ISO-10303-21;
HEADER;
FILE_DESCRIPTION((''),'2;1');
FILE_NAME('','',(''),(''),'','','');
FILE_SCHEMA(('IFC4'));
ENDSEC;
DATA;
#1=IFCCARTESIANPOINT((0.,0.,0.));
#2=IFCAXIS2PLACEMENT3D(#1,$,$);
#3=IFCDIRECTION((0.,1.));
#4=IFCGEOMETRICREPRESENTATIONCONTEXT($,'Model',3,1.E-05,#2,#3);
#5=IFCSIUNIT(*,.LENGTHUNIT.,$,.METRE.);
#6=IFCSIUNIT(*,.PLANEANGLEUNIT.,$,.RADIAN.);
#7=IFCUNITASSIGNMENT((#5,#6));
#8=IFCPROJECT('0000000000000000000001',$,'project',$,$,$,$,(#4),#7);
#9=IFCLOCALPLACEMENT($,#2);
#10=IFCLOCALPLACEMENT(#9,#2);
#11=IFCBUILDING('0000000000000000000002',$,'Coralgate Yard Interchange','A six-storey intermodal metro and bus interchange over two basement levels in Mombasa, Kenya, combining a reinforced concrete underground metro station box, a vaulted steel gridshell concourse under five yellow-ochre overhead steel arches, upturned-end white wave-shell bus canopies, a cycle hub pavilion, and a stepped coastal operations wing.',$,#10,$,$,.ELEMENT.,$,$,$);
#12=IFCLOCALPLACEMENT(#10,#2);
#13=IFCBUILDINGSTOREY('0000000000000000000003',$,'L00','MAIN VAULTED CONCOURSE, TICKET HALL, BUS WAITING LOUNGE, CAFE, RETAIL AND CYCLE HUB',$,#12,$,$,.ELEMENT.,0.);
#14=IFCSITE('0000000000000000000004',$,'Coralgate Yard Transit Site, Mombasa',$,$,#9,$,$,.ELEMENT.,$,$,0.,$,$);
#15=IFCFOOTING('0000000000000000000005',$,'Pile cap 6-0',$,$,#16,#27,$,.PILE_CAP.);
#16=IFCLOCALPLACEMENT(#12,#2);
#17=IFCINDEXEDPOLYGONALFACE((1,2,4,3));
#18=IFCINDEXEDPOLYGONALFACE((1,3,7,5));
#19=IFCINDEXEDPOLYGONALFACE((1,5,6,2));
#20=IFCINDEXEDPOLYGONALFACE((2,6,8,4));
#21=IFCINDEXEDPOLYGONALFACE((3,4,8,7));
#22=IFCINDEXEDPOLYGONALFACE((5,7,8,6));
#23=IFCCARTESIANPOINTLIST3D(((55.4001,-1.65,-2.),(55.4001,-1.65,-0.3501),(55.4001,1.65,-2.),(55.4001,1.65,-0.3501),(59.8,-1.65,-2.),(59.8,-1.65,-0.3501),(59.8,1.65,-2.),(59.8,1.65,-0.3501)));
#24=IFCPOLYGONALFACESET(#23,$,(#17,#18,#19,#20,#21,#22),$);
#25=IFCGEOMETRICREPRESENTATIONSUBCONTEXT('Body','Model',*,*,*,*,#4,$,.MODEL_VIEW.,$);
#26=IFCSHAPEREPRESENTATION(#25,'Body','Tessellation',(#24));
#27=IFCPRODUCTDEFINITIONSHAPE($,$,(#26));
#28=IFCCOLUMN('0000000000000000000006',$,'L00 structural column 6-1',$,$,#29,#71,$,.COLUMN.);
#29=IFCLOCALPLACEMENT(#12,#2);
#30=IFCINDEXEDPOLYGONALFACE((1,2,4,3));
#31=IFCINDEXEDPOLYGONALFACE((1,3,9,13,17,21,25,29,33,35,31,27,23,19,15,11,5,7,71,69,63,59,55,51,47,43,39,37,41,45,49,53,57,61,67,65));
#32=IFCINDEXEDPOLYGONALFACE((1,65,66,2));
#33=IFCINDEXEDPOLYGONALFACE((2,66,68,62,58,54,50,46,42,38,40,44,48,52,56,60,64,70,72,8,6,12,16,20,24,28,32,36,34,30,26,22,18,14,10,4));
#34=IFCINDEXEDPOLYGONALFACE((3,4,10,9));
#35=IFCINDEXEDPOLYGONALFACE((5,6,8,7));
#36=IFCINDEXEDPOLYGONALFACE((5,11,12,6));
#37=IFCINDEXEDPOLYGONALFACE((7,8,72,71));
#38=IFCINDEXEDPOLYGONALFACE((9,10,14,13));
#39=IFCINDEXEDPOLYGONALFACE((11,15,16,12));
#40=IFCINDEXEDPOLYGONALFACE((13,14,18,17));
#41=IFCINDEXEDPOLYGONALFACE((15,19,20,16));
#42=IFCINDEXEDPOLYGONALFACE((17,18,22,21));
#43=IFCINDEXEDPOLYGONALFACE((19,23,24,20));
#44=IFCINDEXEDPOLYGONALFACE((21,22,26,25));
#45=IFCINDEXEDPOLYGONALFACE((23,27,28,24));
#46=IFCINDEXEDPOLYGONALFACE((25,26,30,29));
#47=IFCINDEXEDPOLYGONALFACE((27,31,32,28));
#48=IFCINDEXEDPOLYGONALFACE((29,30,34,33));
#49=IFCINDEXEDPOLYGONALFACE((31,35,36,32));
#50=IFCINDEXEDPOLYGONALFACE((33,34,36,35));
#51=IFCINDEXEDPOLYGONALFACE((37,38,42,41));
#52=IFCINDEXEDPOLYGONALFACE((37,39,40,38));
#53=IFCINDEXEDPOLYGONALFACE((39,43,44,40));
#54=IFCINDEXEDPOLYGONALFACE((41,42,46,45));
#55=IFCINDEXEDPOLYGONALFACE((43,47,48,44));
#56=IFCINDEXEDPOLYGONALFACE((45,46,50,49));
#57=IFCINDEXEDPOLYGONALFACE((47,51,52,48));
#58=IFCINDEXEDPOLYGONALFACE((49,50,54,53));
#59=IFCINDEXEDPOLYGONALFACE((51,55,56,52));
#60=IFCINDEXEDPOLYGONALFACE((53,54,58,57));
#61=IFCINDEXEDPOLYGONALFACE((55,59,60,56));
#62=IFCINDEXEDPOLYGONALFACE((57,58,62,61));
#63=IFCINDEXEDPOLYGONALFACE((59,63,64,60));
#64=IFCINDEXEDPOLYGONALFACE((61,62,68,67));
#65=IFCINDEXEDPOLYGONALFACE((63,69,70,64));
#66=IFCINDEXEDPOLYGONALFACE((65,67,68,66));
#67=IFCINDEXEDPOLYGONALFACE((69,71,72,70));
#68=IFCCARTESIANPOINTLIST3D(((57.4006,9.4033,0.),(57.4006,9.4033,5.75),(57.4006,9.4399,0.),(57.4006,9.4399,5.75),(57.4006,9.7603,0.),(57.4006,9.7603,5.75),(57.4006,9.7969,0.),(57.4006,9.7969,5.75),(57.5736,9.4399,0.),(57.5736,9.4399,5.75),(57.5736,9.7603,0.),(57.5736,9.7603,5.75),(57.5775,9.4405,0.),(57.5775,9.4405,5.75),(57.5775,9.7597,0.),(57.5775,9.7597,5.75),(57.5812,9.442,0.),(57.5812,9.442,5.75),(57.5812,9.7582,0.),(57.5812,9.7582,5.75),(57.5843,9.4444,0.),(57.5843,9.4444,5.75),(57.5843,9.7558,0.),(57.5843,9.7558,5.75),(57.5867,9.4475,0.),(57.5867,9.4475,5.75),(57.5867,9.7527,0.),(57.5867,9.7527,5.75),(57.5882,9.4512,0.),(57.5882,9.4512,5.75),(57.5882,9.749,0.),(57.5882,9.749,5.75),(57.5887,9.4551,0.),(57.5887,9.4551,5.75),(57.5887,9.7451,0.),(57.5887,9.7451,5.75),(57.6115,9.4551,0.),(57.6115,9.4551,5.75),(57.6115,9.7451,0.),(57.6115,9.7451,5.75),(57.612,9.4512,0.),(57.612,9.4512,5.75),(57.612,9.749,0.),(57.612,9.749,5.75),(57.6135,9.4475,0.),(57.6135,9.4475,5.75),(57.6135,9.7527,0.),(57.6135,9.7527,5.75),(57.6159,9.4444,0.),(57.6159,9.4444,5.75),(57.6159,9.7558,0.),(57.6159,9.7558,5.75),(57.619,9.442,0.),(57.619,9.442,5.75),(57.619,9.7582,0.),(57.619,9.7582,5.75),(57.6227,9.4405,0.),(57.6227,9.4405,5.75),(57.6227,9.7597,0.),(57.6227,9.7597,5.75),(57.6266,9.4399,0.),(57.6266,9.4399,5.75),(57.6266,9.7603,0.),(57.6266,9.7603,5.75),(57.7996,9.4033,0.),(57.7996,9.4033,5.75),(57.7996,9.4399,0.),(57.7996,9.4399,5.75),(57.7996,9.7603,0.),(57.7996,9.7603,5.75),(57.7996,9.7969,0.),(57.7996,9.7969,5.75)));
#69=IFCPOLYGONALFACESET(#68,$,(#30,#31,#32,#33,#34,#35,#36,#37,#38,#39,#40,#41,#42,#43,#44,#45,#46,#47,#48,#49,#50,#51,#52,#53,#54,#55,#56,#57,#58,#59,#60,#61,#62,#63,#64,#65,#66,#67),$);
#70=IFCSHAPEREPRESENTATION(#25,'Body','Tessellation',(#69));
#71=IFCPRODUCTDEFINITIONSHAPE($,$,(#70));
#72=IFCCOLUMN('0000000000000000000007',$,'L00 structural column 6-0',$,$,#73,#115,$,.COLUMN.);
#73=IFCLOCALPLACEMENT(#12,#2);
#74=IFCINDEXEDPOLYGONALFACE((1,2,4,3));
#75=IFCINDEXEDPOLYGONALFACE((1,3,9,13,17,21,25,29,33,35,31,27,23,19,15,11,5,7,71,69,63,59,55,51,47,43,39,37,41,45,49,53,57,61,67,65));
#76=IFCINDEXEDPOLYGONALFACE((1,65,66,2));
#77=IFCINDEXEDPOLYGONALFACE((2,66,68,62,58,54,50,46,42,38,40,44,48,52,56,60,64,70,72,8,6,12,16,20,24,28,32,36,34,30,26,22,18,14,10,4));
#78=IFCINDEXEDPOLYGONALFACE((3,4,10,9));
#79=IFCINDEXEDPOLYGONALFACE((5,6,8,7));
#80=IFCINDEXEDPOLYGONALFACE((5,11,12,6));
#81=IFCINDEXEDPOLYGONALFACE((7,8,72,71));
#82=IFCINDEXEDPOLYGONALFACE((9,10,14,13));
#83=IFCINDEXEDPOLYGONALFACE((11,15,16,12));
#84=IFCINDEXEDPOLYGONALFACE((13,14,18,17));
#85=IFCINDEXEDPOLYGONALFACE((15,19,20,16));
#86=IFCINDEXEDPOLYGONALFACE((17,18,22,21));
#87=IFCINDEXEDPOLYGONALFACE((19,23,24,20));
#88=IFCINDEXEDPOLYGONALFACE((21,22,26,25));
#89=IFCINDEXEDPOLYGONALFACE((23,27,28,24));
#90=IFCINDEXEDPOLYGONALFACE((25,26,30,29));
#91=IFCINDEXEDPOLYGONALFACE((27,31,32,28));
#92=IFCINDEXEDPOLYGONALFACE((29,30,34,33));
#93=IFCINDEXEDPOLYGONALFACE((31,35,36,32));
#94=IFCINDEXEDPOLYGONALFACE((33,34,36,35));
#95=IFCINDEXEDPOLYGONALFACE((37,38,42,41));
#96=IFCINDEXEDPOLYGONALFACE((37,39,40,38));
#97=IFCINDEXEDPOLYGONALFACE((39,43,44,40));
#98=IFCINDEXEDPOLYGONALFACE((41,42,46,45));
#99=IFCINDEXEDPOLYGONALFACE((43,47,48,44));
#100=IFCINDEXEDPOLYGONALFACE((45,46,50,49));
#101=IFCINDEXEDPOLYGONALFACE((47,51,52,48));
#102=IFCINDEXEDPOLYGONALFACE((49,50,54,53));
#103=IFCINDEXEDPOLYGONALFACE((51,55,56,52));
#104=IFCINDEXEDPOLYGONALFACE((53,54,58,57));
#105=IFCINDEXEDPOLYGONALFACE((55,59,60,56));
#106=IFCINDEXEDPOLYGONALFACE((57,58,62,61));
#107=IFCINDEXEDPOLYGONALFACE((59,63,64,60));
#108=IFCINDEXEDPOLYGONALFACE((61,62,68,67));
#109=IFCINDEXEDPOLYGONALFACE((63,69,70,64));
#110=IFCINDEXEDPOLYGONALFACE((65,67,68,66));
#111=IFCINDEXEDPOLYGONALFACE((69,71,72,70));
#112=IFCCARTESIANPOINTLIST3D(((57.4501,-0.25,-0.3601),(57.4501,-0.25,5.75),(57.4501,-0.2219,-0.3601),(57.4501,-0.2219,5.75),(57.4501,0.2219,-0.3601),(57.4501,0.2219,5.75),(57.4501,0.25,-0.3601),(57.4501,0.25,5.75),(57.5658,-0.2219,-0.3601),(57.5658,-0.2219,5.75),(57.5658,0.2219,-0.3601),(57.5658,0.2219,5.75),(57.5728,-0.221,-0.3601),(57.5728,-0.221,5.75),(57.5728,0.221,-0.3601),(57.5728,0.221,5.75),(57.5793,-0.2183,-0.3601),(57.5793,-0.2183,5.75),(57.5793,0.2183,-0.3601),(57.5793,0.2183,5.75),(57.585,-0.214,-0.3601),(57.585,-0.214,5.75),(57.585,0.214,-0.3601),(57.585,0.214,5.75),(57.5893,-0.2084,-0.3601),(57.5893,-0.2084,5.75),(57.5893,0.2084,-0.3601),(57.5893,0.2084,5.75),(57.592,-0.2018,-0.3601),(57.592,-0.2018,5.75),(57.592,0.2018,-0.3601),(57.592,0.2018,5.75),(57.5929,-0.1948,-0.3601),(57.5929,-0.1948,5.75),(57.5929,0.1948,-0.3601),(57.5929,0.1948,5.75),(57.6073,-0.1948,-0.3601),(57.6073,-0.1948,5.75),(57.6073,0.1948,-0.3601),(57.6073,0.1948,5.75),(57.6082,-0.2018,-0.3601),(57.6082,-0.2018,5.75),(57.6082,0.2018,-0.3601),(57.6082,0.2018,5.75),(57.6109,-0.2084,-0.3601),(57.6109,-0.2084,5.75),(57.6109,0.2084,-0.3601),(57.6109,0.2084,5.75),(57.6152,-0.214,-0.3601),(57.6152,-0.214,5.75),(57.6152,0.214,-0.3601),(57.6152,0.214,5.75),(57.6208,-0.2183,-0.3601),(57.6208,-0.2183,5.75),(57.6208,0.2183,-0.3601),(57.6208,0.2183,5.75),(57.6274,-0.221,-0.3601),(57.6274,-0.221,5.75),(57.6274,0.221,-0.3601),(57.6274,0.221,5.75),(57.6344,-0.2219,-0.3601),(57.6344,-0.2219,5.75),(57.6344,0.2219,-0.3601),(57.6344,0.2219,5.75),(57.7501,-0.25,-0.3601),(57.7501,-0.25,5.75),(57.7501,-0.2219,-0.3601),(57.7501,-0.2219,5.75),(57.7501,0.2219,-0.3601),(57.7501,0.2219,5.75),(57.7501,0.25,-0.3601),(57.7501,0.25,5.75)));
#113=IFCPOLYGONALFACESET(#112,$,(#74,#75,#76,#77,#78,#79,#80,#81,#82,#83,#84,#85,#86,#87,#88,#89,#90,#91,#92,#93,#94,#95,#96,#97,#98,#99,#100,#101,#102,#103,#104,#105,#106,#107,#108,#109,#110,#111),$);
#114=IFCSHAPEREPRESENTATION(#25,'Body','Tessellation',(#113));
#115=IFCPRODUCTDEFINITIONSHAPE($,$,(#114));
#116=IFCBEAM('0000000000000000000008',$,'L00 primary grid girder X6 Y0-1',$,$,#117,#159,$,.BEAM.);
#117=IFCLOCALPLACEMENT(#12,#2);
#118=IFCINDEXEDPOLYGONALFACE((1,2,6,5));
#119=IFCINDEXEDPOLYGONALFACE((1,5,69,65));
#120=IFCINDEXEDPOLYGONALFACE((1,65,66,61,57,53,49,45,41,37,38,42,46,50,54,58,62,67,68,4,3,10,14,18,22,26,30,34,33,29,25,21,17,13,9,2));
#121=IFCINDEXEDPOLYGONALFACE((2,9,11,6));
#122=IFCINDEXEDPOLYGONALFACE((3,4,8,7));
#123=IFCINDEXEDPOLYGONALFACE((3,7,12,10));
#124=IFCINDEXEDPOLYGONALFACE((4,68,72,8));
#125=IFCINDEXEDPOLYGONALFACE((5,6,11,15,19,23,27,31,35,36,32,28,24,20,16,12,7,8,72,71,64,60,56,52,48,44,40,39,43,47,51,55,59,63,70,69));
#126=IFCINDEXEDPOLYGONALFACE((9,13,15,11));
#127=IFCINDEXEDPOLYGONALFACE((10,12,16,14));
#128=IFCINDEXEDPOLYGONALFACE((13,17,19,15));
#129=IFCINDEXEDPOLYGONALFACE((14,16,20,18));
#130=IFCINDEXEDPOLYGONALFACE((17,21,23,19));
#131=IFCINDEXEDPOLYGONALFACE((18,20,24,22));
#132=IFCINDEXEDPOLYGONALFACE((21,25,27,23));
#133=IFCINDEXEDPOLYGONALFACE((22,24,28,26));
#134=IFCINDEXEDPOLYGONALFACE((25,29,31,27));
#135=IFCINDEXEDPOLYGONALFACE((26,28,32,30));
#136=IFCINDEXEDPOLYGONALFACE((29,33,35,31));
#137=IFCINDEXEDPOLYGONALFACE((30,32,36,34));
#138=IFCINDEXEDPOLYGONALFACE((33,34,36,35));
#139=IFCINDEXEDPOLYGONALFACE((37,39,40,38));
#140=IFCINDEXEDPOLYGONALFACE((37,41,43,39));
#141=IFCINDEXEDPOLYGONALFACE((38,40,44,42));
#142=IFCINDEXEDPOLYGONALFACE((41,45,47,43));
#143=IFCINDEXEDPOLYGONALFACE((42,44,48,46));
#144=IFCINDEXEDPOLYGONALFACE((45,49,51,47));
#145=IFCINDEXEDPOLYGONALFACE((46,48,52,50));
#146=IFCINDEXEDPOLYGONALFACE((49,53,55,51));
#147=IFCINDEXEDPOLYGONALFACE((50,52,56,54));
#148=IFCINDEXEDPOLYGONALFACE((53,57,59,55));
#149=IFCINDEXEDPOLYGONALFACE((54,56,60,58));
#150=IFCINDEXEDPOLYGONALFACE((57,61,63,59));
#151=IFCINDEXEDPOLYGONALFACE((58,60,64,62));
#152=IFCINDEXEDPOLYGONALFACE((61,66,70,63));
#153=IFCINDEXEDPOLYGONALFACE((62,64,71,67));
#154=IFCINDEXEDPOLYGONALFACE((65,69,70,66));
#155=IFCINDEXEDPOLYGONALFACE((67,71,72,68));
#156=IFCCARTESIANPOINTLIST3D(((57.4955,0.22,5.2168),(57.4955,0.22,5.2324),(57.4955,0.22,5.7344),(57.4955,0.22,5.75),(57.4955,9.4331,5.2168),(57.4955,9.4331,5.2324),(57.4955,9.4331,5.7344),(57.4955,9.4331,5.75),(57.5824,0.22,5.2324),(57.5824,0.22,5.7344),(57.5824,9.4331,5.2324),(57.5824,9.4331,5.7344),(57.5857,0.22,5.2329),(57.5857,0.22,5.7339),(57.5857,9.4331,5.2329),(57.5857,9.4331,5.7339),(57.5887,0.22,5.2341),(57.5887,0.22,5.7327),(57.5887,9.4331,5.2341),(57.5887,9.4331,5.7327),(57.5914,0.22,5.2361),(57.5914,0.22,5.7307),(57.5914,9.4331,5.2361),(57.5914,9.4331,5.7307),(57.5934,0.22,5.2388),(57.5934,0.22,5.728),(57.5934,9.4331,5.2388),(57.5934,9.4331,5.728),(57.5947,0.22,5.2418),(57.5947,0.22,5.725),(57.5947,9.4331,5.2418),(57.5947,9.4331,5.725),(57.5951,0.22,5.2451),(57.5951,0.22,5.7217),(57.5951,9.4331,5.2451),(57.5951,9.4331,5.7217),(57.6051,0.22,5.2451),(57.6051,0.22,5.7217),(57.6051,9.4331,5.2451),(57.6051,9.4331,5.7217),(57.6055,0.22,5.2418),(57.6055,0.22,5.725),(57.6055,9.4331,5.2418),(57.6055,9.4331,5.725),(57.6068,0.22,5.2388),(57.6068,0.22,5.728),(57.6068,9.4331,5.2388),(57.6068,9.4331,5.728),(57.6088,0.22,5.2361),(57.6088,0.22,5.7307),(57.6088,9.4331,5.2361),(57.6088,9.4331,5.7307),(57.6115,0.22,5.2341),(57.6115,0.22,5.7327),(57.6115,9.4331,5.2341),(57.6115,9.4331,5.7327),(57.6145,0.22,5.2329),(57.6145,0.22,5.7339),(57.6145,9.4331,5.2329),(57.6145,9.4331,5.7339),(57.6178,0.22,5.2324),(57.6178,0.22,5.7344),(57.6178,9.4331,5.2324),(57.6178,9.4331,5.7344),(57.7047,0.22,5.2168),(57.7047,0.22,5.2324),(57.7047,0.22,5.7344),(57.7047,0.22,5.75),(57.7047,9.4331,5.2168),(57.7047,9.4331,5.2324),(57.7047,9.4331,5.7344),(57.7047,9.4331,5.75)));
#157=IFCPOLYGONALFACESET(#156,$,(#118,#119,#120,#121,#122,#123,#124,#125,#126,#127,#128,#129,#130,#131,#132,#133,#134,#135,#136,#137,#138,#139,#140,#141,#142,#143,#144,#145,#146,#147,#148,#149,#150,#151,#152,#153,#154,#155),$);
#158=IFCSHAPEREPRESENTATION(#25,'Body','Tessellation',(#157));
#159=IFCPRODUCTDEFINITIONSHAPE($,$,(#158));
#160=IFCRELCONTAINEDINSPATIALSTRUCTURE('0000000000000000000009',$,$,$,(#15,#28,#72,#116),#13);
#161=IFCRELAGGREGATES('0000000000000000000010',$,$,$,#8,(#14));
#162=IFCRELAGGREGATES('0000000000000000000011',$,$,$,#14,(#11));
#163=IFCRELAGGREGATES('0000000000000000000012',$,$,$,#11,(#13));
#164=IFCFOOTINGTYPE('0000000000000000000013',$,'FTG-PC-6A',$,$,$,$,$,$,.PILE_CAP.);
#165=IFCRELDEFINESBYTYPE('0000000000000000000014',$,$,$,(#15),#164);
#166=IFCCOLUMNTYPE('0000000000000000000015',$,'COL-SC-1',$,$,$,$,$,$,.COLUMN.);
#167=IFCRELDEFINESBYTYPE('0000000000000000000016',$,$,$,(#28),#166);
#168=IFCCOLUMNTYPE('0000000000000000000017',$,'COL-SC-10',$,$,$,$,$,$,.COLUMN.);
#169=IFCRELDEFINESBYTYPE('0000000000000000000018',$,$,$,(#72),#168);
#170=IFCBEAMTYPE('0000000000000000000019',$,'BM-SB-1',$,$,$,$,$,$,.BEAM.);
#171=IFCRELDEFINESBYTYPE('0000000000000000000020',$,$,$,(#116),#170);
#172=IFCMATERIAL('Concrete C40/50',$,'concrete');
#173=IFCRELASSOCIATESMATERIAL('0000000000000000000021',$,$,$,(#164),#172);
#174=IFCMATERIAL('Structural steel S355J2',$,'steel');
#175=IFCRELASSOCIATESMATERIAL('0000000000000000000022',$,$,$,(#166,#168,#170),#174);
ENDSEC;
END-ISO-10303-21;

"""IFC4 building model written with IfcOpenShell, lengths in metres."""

from ifc_helpers import new_model, si_unit, direction, frame, origin, origin_2d, place, context, subcontext, project, spatial, rectangle, i_section, extrude, material, material_profile, profile_set, type_object, element, save


model = new_model("IFC4")

# Units and contexts
model_context = context("Model", 3, precision=1e-05, world=origin(), true_north=direction((0.0, 1.0)))
body_context = subcontext(model_context, "Body", "Model", "MODEL_VIEW")
ifc_project = project(units=[si_unit("LENGTHUNIT", "METRE"), si_unit("PLANEANGLEUNIT", "RADIAN")], contexts=[model_context])

# Site, building, storey
site_placement = place(None, origin())
site = spatial("IfcSite", under=ifc_project, at=site_placement, Name="Coralgate Yard Transit Site, Mombasa", CompositionType="ELEMENT", RefElevation=0.0)
building_placement = place(site_placement, origin())
building = spatial("IfcBuilding", under=site, at=building_placement, Name="Coralgate Yard Interchange", Description="A six-storey intermodal metro and bus interchange over two basement levels in Mombasa, Kenya, combining a reinforced concrete underground metro station box, a vaulted steel gridshell concourse under five yellow-ochre overhead steel arches, upturned-end white wave-shell bus canopies, a cycle hub pavilion, and a stepped coastal operations wing.", CompositionType="ELEMENT")
storey_placement = place(building_placement, origin())
storey = spatial("IfcBuildingStorey", under=building, at=storey_placement, Name="L00", Description="MAIN VAULTED CONCOURSE, TICKET HALL, BUS WAITING LOUNGE, CAFE, RETAIL AND CYCLE HUB", CompositionType="ELEMENT", Elevation=0.0)

# Footing
ifc_material_1 = material(Name="Concrete C40/50", Category="concrete")
footing_type = type_object("IfcFootingType", Name="FTG-PC-6A", PredefinedType="PILE_CAP", material=ifc_material_1)
footing_placement = place(storey_placement, frame((57.6001, 0.0, -2.0), z_axis=(0.0, 0.0, 1.0), x_axis=(1.0, 0.0, 0.0)))
element("IfcFooting", 1, at=footing_placement, inside=storey, type_object=footing_type, Name="Pile cap 6-0", PredefinedType="PILE_CAP", context=body_context, shape_type="SweptSolid", body=[
    extrude(rectangle(XDim=4.3999, YDim=3.3, at=origin_2d()), origin(), (0.0, 0.0, 1.0), 1.6499),
])

# Columns
ifc_material_2 = material(Name="Structural steel S355J2", Category="steel")
ifc_material_profile_1 = material_profile(ifc_material_2, i_section(OverallWidth=0.3989, OverallDepth=0.3936, WebThickness=0.0227, FlangeThickness=0.0366, FilletRadius=0.0151, at=origin_2d()), Name="UC 356x406x287")
ifc_profile_set_1 = profile_set([ifc_material_profile_1], Name="Structural steel S355J2")
column_type_1 = type_object("IfcColumnType", Name="COL-SC-1", PredefinedType="COLUMN", material=ifc_profile_set_1)
column_1_placement = place(storey_placement, frame((57.6001, 9.6001, 0.0), z_axis=(0.0, 0.0, 1.0), x_axis=(1.0, 0.0, 0.0)))
element("IfcColumn", 2, at=column_1_placement, inside=storey, type_object=column_type_1, Name="L00 structural column 6-1", PredefinedType="COLUMN", context=body_context, shape_type="SweptSolid", body=[
    extrude(i_section(OverallWidth=0.3989, OverallDepth=0.3936, WebThickness=0.0227, FlangeThickness=0.0366, FilletRadius=0.0151, at=origin_2d()), origin(), (0.0, 0.0, 1.0), 5.75),
])
ifc_material_profile_2 = material_profile(ifc_material_2, i_section(OverallWidth=0.3, OverallDepth=0.5, WebThickness=0.0144, FlangeThickness=0.0281, FilletRadius=0.0271, at=origin_2d()), Name="HEB 500")
ifc_profile_set_2 = profile_set([ifc_material_profile_2], Name="Structural steel S355J2")
column_type_2 = type_object("IfcColumnType", Name="COL-SC-10", PredefinedType="COLUMN", material=ifc_profile_set_2)
column_2_placement = place(storey_placement, frame((57.6001, 0.0, -0.3601), z_axis=(0.0, 0.0, 1.0), x_axis=(1.0, 0.0, 0.0)))
element("IfcColumn", 3, at=column_2_placement, inside=storey, type_object=column_type_2, Name="L00 structural column 6-0", PredefinedType="COLUMN", context=body_context, shape_type="SweptSolid", body=[
    extrude(i_section(OverallWidth=0.3, OverallDepth=0.5, WebThickness=0.0144, FlangeThickness=0.0281, FilletRadius=0.0271, at=origin_2d()), origin(), (0.0, 0.0, 1.0), 6.1101),
])

# Beam
ifc_material_profile_3 = material_profile(ifc_material_2, i_section(OverallWidth=0.2092, OverallDepth=0.5332, WebThickness=0.01, FlangeThickness=0.0156, FilletRadius=0.0127, at=origin_2d()), Name="UB 533x210x92")
ifc_profile_set_3 = profile_set([ifc_material_profile_3], Name="Structural steel S355J2")
beam_type_1 = type_object("IfcBeamType", Name="BM-SB-1", PredefinedType="BEAM", material=ifc_profile_set_3)
beam_1_placement = place(storey_placement, frame((57.6001, 0.22, 5.4834), z_axis=(0.0, 1.0, 0.0), x_axis=(-1.0, 0.0, 0.0)))
element("IfcBeam", 4, at=beam_1_placement, inside=storey, type_object=beam_type_1, Name="L00 primary grid girder X6 Y0-1", PredefinedType="BEAM", context=body_context, shape_type="SweptSolid", body=[
    extrude(i_section(OverallWidth=0.2092, OverallDepth=0.5332, WebThickness=0.01, FlangeThickness=0.0156, FilletRadius=0.0127, at=origin_2d()), origin(), (0.0, 0.0, 1.0), 9.2131),
])

save(model, "model.ifc")
